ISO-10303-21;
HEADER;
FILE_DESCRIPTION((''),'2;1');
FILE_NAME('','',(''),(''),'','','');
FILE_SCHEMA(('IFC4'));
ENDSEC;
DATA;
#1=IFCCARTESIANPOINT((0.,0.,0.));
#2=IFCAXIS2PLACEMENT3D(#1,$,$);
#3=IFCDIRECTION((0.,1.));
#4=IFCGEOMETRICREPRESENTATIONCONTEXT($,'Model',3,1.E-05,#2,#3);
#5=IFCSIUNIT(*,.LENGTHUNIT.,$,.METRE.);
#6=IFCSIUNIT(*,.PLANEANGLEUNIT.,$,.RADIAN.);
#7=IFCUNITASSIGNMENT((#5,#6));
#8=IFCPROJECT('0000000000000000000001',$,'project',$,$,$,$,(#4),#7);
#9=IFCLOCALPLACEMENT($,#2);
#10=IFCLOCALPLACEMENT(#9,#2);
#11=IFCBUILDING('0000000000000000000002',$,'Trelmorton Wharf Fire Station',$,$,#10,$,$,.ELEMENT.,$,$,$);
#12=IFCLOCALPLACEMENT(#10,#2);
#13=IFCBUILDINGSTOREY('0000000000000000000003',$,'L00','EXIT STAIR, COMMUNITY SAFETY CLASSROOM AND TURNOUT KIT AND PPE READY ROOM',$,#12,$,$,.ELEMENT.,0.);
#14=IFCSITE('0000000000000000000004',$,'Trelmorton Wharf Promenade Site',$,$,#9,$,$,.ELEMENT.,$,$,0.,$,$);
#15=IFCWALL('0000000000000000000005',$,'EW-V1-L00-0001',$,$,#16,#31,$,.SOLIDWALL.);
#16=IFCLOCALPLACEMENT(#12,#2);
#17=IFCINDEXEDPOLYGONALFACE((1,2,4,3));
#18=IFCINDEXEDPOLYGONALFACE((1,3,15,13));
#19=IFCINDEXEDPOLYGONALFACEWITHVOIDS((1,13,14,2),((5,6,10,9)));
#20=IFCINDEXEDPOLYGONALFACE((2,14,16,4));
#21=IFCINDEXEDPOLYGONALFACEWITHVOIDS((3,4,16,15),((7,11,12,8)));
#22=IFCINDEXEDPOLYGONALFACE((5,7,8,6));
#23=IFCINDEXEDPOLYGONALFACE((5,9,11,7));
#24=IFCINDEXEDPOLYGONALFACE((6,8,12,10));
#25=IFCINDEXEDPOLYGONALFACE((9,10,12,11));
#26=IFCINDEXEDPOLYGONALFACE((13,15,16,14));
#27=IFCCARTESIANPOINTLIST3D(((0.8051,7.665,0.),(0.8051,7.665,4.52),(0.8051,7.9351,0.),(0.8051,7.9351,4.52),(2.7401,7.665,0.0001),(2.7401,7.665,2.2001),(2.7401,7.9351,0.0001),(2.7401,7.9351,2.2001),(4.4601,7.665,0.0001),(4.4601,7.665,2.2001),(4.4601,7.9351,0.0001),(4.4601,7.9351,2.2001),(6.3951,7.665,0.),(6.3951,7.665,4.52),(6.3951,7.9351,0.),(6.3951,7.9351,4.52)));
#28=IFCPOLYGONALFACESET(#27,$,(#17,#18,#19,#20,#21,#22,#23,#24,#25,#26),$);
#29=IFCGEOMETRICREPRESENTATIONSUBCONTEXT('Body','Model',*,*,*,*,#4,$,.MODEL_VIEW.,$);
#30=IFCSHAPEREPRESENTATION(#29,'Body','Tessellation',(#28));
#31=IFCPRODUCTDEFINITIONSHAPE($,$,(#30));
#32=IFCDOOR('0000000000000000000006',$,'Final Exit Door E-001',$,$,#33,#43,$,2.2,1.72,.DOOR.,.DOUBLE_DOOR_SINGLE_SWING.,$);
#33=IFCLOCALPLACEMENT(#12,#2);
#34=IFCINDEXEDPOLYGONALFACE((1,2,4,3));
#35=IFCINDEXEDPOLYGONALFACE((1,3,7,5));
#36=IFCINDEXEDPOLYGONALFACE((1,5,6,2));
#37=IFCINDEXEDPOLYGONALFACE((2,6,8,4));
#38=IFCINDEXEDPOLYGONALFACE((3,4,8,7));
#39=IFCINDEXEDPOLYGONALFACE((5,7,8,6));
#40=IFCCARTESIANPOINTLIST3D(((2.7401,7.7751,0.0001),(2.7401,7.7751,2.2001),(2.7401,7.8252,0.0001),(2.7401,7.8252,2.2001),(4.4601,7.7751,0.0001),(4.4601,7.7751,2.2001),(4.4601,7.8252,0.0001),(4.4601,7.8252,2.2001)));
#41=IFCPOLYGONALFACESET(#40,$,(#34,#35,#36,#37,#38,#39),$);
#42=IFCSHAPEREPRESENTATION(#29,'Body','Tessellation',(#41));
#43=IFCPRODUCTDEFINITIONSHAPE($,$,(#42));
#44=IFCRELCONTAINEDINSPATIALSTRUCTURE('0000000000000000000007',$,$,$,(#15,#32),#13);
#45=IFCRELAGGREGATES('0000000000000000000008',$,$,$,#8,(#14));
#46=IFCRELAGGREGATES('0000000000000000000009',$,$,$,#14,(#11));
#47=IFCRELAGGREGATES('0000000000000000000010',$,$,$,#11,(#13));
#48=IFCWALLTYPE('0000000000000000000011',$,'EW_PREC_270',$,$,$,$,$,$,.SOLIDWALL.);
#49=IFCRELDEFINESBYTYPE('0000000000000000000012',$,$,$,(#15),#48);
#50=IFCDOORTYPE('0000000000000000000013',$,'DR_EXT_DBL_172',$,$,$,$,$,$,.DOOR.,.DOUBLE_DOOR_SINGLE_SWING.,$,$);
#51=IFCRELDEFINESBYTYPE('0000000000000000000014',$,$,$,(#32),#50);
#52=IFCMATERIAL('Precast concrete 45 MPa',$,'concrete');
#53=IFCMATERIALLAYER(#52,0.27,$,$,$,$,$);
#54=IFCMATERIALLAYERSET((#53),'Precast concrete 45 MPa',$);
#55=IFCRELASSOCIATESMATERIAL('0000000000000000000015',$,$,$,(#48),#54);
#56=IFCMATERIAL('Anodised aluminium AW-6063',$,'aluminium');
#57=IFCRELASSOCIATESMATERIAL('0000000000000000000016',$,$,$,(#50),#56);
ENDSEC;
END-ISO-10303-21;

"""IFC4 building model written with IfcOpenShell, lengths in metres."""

from ifc_helpers import new_model, si_unit, direction, frame, frame_2d, origin, place, context, subcontext, project, spatial, rectangle, extrude, material, layer, layer_set, type_object, element, fill, save


model = new_model("IFC4")

# Units and contexts
model_context = context("Model", 3, precision=1e-05, world=origin(), true_north=direction((0.0, 1.0)))
body_context = subcontext(model_context, "Body", "Model", "MODEL_VIEW")
ifc_project = project(units=[si_unit("LENGTHUNIT", "METRE"), si_unit("PLANEANGLEUNIT", "RADIAN")], contexts=[model_context])

# Site, building, storey
site_placement = place(None, origin())
site = spatial("IfcSite", under=ifc_project, at=site_placement, Name="Trelmorton Wharf Promenade Site", CompositionType="ELEMENT", RefElevation=0.0)
building_placement = place(site_placement, origin())
building = spatial("IfcBuilding", under=site, at=building_placement, Name="Trelmorton Wharf Fire Station", CompositionType="ELEMENT")
storey_placement = place(building_placement, origin())
storey = spatial("IfcBuildingStorey", under=building, at=storey_placement, Name="L00", Description="EXIT STAIR, COMMUNITY SAFETY CLASSROOM AND TURNOUT KIT AND PPE READY ROOM", CompositionType="ELEMENT", Elevation=0.0)

# Wall, opening, door
ifc_material_1 = material(Name="Precast concrete 45 MPa", Category="concrete")
ifc_layer_1 = layer(ifc_material_1, 0.27)
ifc_layer_set_1 = layer_set([ifc_layer_1], Name="Precast concrete 45 MPa")
wall_type = type_object("IfcWallType", Name="EW_PREC_270", PredefinedType="SOLIDWALL", material=ifc_layer_set_1)
wall_1_placement = place(storey_placement, frame((6.395, 7.8, 0.0), z_axis=(0.0, 0.0, 1.0), x_axis=(-1.0, 0.0, 0.0)))
wall_1 = element("IfcWall", 1, at=wall_1_placement, inside=storey, type_object=wall_type, Name="EW-V1-L00-0001", PredefinedType="SOLIDWALL", context=body_context, shape_type="SweptSolid", body=[
    extrude(rectangle(XDim=5.5901, YDim=0.27, at=frame_2d((2.7949, 0.0))), origin(), (0.0, 0.0, 1.0), 4.52),
])
opening_1_placement = place(wall_1_placement, frame((1.9351, 0.0, 0.0)))
opening_1 = element("IfcOpeningElement", 2, at=opening_1_placement, cuts=wall_1, PredefinedType="OPENING", context=body_context, shape_type="SweptSolid", body=[
    extrude(rectangle(XDim=1.72, YDim=2.2, at=frame_2d((0.8599, 1.1001))), frame((0.0, 0.145, 0.0), z_axis=(0.0, -1.0, 0.0), x_axis=(1.0, 0.0, 0.0)), (0.0, 0.0, 1.0), 0.29),
])
ifc_material_2 = material(Name="Anodised aluminium AW-6063", Category="aluminium")
door_type_1 = type_object("IfcDoorType", Name="DR_EXT_DBL_172", OperationType="DOUBLE_DOOR_SINGLE_SWING", PredefinedType="DOOR", material=ifc_material_2)
door_1_placement = place(opening_1_placement, origin())
door_1 = element("IfcDoor", 3, at=door_1_placement, inside=storey, type_object=door_type_1, Name="Final Exit Door E-001", OperationType="DOUBLE_DOOR_SINGLE_SWING", OverallHeight=2.2, OverallWidth=1.72, PredefinedType="DOOR", context=body_context, shape_type="SweptSolid", body=[
    extrude(rectangle(XDim=1.72, YDim=2.2, at=frame_2d((0.8599, 1.1001))), frame((0.0, 0.0249, 0.0), z_axis=(0.0, -1.0, 0.0), x_axis=(1.0, 0.0, 0.0)), (0.0, 0.0, 1.0), 0.05),
])
fill(opening_1, door_1)

save(model, "model.ifc")
